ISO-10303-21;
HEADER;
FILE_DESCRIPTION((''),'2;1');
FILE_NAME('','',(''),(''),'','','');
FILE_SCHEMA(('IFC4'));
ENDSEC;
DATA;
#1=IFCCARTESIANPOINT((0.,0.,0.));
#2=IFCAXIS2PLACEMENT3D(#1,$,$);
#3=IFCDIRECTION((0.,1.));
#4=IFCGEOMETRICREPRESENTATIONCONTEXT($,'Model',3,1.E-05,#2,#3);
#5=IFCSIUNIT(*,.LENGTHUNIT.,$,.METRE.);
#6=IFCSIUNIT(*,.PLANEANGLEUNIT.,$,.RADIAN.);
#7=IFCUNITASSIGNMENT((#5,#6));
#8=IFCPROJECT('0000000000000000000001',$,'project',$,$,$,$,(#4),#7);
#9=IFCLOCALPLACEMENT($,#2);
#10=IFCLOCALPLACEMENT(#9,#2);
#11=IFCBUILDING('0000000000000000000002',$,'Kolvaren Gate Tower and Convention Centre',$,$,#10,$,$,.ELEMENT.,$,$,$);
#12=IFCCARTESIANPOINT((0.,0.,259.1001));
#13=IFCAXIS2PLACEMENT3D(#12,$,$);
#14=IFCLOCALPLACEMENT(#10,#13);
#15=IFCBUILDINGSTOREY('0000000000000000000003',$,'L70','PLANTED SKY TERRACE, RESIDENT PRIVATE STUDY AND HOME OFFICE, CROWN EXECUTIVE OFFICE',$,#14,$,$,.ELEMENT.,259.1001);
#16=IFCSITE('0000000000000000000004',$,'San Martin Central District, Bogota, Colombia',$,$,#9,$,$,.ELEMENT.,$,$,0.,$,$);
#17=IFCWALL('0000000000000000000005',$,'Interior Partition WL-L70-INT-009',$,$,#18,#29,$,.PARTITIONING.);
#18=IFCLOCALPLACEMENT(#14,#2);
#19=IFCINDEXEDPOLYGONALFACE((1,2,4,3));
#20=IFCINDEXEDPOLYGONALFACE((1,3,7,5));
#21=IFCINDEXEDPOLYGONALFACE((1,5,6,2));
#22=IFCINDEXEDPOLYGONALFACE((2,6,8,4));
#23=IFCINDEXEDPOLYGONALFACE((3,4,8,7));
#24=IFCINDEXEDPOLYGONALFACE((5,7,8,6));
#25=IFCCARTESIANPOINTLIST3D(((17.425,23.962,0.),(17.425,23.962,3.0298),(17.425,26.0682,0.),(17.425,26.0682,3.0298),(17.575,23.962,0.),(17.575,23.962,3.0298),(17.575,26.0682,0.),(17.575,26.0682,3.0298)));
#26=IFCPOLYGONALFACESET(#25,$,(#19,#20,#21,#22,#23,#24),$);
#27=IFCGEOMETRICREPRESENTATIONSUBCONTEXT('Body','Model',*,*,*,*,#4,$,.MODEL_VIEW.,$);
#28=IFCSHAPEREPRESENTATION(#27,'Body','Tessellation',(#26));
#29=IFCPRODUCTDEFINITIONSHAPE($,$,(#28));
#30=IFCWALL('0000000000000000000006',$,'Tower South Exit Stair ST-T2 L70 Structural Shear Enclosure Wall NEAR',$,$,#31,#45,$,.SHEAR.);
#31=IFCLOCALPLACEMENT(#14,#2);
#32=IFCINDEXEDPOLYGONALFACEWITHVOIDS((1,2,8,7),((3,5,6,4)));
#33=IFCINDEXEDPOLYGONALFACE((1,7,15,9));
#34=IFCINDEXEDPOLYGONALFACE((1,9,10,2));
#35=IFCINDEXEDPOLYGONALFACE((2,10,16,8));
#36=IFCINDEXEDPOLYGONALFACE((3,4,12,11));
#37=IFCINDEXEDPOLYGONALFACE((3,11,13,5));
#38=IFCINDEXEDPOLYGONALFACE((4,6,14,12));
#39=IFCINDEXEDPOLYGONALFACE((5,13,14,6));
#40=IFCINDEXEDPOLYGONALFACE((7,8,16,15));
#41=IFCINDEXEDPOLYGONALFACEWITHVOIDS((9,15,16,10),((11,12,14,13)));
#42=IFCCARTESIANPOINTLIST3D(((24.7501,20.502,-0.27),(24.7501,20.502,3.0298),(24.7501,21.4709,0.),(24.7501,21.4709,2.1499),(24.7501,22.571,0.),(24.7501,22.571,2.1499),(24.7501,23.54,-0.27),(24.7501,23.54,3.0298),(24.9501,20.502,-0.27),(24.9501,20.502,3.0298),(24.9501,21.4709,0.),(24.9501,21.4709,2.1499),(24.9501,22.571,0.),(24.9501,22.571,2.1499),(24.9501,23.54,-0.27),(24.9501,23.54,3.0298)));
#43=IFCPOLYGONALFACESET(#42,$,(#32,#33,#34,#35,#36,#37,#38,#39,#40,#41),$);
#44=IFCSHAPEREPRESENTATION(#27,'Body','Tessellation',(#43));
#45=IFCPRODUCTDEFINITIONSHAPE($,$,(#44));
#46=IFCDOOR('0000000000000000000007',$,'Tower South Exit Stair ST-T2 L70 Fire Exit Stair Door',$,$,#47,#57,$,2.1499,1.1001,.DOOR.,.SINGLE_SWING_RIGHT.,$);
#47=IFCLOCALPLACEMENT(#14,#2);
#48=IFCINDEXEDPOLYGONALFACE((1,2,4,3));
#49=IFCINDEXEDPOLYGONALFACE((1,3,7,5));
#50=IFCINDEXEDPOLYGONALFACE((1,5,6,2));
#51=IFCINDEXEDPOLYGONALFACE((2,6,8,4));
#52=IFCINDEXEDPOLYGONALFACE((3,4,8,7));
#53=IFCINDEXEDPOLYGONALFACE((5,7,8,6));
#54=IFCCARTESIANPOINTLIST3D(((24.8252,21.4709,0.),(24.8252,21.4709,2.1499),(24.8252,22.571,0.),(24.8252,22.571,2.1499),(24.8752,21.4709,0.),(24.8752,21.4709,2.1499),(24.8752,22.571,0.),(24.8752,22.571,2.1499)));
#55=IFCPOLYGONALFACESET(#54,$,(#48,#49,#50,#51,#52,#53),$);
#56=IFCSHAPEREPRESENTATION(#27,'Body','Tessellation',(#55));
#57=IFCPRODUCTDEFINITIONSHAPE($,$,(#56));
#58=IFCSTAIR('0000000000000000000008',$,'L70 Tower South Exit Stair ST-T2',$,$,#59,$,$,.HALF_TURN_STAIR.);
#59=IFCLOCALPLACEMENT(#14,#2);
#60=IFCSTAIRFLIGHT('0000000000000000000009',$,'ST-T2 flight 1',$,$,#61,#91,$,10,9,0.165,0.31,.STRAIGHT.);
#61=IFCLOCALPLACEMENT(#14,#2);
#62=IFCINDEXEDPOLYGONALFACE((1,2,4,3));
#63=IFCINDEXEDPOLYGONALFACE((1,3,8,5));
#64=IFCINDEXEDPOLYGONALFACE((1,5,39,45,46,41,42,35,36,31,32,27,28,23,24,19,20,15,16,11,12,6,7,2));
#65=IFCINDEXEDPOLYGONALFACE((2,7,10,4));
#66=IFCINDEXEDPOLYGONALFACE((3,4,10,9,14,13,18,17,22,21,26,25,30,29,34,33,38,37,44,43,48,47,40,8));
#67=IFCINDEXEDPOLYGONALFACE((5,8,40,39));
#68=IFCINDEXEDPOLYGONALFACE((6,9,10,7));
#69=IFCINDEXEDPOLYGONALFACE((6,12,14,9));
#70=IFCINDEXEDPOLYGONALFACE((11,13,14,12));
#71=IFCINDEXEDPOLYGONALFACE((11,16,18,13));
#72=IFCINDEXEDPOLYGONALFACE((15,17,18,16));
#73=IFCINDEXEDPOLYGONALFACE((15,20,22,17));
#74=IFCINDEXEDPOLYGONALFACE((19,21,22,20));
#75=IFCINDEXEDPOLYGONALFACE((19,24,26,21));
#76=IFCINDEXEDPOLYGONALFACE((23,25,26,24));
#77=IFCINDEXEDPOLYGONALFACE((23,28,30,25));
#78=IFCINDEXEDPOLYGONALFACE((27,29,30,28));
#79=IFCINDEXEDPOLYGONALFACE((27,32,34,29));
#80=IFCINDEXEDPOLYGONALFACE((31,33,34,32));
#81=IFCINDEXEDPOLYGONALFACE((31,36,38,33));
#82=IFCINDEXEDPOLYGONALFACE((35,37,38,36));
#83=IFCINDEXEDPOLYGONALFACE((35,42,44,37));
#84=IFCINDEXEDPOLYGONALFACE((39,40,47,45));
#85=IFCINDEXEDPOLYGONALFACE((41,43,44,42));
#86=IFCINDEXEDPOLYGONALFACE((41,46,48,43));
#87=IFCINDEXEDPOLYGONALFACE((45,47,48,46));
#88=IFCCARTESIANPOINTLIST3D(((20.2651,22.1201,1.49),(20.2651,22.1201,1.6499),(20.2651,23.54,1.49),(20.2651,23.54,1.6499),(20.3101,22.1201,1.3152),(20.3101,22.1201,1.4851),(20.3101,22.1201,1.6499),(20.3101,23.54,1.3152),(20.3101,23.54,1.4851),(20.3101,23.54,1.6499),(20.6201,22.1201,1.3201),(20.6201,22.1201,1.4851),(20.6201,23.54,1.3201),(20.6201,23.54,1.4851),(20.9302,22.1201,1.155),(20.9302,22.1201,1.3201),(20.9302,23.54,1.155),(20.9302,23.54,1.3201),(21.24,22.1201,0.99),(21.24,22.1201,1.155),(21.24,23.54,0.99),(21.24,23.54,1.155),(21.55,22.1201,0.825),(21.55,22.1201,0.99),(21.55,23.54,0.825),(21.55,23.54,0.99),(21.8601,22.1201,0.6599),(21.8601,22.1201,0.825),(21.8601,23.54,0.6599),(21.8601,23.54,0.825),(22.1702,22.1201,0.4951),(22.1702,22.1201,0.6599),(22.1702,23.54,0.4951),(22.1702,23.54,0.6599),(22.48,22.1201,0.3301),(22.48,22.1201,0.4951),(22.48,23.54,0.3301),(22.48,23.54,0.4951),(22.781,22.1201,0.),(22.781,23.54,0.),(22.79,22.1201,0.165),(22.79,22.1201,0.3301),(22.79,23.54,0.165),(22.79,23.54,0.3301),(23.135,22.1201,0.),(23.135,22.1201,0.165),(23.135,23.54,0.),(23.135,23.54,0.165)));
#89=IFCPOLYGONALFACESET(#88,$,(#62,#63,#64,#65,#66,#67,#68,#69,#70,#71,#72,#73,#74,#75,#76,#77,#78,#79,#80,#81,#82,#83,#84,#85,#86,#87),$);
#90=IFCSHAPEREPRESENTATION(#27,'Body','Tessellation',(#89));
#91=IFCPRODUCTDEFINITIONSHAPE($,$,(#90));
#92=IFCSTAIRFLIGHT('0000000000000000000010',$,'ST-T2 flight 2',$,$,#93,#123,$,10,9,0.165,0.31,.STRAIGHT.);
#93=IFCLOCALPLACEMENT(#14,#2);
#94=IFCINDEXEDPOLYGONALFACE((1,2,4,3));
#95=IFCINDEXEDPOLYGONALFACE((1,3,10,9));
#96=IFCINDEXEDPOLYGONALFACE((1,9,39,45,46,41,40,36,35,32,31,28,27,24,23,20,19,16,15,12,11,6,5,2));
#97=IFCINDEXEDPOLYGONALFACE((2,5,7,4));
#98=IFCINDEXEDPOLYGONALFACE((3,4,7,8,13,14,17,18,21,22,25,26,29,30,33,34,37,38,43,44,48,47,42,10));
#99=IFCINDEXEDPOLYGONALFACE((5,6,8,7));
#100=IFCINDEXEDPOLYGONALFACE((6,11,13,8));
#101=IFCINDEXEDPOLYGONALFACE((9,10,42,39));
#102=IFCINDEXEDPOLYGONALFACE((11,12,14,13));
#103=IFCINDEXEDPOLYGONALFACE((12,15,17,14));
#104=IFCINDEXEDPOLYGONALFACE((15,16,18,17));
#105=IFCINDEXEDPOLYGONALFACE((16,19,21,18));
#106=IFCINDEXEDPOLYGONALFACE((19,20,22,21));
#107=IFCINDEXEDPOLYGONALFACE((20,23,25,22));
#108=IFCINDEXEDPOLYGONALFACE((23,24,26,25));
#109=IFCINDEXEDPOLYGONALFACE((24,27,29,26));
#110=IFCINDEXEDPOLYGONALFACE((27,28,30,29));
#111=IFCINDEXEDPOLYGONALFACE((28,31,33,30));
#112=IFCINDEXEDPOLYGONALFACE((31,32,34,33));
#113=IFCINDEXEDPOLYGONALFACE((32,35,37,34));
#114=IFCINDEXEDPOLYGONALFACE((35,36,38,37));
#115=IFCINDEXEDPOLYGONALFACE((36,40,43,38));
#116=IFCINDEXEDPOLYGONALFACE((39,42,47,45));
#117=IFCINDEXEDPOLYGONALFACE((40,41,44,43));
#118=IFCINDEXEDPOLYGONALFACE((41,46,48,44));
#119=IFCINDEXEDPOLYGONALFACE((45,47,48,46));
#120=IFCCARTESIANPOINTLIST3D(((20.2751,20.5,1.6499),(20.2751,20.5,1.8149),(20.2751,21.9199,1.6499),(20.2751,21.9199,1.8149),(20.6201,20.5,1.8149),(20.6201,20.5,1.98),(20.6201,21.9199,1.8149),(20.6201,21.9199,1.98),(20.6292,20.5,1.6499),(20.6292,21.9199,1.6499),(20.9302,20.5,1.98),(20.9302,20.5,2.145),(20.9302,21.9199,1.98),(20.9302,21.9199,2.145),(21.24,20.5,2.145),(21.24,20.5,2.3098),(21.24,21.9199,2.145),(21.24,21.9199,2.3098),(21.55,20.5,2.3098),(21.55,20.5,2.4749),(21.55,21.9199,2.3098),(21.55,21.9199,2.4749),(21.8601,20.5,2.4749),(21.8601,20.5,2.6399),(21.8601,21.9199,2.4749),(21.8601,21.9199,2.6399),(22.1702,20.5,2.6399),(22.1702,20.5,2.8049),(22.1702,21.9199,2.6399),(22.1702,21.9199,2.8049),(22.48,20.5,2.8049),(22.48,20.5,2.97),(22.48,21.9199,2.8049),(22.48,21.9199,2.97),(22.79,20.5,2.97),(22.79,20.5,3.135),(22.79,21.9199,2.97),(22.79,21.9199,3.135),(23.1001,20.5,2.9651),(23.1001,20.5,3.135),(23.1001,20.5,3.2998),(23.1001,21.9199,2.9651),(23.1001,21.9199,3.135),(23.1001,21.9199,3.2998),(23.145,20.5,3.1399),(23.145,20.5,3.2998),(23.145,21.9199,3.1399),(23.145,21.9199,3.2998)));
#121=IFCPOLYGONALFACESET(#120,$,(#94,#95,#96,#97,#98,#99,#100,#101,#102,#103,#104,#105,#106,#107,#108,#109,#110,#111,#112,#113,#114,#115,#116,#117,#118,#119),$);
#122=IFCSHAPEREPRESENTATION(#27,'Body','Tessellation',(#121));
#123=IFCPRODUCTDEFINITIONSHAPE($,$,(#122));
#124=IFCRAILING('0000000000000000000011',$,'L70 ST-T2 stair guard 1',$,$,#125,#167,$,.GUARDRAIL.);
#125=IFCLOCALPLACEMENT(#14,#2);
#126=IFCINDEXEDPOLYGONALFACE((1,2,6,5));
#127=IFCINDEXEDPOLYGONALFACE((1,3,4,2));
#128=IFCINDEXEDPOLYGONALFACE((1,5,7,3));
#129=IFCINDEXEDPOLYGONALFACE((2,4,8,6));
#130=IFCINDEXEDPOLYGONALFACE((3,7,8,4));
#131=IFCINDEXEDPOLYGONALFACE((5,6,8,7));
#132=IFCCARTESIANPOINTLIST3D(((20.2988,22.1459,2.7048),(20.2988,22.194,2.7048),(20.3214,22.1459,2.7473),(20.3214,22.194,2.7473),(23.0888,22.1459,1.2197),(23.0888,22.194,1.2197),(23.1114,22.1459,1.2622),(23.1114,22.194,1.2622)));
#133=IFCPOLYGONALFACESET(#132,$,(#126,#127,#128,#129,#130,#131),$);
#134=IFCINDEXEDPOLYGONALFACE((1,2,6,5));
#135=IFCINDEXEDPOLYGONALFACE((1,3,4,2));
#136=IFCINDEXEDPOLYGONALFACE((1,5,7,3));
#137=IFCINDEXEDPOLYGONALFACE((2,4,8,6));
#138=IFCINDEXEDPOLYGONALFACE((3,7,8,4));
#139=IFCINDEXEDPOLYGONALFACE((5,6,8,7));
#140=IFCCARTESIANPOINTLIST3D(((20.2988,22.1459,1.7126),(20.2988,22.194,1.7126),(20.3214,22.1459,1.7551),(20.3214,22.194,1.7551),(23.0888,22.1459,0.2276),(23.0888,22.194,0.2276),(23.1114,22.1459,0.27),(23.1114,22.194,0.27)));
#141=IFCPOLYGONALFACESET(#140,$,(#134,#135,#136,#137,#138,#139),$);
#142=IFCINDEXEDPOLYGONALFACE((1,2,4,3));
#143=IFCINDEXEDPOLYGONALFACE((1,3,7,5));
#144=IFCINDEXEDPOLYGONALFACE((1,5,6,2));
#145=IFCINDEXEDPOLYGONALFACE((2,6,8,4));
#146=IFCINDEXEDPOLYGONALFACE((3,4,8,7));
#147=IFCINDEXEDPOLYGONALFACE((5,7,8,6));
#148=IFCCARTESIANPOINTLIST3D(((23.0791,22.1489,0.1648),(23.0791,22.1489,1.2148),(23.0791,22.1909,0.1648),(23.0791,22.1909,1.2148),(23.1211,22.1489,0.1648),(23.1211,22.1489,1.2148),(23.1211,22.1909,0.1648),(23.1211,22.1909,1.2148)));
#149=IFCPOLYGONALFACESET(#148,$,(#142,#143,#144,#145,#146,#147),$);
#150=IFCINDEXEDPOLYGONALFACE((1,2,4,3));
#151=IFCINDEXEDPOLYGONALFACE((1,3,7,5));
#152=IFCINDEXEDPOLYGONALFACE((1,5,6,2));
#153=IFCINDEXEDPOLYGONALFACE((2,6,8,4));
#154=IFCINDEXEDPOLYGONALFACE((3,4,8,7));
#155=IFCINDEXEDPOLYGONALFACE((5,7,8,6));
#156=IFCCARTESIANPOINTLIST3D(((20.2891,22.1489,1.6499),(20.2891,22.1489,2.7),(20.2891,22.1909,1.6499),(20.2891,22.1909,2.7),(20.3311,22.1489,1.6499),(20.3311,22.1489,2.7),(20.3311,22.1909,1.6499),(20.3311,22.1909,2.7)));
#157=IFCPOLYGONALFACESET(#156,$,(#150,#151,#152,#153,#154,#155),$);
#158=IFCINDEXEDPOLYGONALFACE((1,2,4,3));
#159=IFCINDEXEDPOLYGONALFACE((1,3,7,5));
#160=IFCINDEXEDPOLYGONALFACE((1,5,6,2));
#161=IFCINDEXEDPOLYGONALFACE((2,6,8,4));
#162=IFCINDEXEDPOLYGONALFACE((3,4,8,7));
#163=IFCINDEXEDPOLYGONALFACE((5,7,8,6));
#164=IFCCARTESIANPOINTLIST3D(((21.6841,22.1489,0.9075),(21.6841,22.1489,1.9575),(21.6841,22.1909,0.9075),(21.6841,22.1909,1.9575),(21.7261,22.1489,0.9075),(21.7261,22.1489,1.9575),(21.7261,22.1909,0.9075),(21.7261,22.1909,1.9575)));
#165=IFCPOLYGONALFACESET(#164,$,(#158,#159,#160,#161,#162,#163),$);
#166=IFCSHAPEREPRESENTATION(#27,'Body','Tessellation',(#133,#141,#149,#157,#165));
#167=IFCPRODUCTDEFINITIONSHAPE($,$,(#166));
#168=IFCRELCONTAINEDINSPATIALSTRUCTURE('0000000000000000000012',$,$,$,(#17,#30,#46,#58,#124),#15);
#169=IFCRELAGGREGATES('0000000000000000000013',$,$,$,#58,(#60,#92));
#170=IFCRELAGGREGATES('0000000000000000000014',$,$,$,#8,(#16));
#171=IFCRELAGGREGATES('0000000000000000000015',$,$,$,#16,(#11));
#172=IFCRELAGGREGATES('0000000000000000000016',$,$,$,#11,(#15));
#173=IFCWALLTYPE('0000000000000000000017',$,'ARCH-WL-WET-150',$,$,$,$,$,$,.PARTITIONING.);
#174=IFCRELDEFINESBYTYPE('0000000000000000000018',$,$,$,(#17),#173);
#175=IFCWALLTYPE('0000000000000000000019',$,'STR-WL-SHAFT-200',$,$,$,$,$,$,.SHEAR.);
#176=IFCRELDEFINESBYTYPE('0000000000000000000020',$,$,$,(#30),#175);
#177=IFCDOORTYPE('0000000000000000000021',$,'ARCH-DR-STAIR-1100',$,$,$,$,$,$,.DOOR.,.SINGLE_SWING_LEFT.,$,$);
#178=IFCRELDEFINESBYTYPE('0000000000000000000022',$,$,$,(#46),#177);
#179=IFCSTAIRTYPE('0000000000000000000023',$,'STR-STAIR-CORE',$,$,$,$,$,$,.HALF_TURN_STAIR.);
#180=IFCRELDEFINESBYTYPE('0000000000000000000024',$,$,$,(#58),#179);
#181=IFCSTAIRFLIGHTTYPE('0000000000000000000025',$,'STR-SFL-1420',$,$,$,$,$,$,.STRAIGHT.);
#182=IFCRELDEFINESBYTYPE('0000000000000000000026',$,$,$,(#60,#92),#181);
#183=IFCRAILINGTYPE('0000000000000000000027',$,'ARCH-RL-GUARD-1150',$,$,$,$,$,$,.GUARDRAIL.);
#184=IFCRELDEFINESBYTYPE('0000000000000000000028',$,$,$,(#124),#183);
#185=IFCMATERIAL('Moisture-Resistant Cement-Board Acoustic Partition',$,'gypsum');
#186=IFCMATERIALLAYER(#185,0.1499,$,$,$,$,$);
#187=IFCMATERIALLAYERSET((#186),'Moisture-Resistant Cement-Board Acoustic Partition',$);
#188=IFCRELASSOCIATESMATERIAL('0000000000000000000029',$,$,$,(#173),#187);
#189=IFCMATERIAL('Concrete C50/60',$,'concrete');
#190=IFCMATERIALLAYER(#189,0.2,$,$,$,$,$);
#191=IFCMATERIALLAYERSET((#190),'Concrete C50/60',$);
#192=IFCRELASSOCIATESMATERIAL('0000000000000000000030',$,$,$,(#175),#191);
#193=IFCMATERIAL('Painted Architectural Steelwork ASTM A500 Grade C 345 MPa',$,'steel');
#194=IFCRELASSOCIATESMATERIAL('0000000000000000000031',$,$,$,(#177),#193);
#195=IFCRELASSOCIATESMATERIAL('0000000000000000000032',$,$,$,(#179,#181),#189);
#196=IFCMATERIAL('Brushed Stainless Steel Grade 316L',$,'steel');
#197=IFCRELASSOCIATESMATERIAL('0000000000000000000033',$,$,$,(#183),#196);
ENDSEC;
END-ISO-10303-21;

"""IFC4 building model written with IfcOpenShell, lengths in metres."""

from ifc_helpers import new_model, si_unit, direction, frame, frame_2d, origin, origin_2d, place, context, subcontext, project, spatial, polyline, rectangle, outline, extrude, material, layer, layer_set, type_object, element, fill, aggregate, save


model = new_model("IFC4")

# Units and contexts
model_context = context("Model", 3, precision=1e-05, world=origin(), true_north=direction((0.0, 1.0)))
body_context = subcontext(model_context, "Body", "Model", "MODEL_VIEW")
ifc_project = project(units=[si_unit("LENGTHUNIT", "METRE"), si_unit("PLANEANGLEUNIT", "RADIAN")], contexts=[model_context])

# Site, building, storey
site_placement = place(None, origin())
site = spatial("IfcSite", under=ifc_project, at=site_placement, Name="San Martin Central District, Bogota, Colombia", CompositionType="ELEMENT", RefElevation=0.0)
building_placement = place(site_placement, origin())
building = spatial("IfcBuilding", under=site, at=building_placement, Name="Kolvaren Gate Tower and Convention Centre", CompositionType="ELEMENT")
storey_placement = place(building_placement, frame((0.0, 0.0, 259.1001)))
storey = spatial("IfcBuildingStorey", under=building, at=storey_placement, Name="L70", Description="PLANTED SKY TERRACE, RESIDENT PRIVATE STUDY AND HOME OFFICE, CROWN EXECUTIVE OFFICE", CompositionType="ELEMENT", Elevation=259.1001)

# Shared definitions
ifc_material_1 = material(Name="Brushed Stainless Steel Grade 316L", Category="steel")

# Wall
ifc_material_2 = material(Name="Moisture-Resistant Cement-Board Acoustic Partition", Category="gypsum")
ifc_layer_1 = layer(ifc_material_2, 0.1499)
ifc_layer_set_1 = layer_set([ifc_layer_1], Name="Moisture-Resistant Cement-Board Acoustic Partition")
wall_type_1 = type_object("IfcWallType", Name="ARCH-WL-WET-150", PredefinedType="PARTITIONING", material=ifc_layer_set_1)
wall_1_placement = place(storey_placement, frame((17.5, 23.9619, 0.0), z_axis=(0.0, 0.0, 1.0), x_axis=(0.0, 1.0, 0.0)))
element("IfcWall", 1, at=wall_1_placement, inside=storey, type_object=wall_type_1, Name="Interior Partition WL-L70-INT-009", PredefinedType="PARTITIONING", context=body_context, shape_type="SweptSolid", body=[
    extrude(rectangle(XDim=2.1062, YDim=0.1499, at=frame_2d((1.0532, 0.0))), origin(), (0.0, 0.0, 1.0), 3.0298),
])

# Wall, opening, door
ifc_material_3 = material(Name="Concrete C50/60", Category="concrete")
ifc_layer_2 = layer(ifc_material_3, 0.2)
ifc_layer_set_2 = layer_set([ifc_layer_2], Name="Concrete C50/60")
wall_type_2 = type_object("IfcWallType", Name="STR-WL-SHAFT-200", PredefinedType="SHEAR", material=ifc_layer_set_2)
wall_2_placement = place(storey_placement, frame((24.8501, 20.502, -0.27), z_axis=(0.0, 0.0, 1.0), x_axis=(0.0, 1.0, 0.0)))
wall_2 = element("IfcWall", 2, at=wall_2_placement, inside=storey, type_object=wall_type_2, Name="Tower South Exit Stair ST-T2 L70 Structural Shear Enclosure Wall NEAR", PredefinedType="SHEAR", context=body_context, shape_type="SweptSolid", body=[
    extrude(rectangle(XDim=3.0381, YDim=0.2, at=frame_2d((1.519, 0.0))), origin(), (0.0, 0.0, 1.0), 3.2998),
])
opening_1_placement = place(wall_2_placement, frame((0.969, 0.0, 0.27)))
opening_1 = element("IfcOpeningElement", 3, at=opening_1_placement, cuts=wall_2, PredefinedType="OPENING", context=body_context, shape_type="SweptSolid", body=[
    extrude(rectangle(XDim=1.1001, YDim=2.1499, at=frame_2d((0.55, 1.075))), frame((0.0, 0.1099, 0.0), z_axis=(0.0, -1.0, 0.0), x_axis=(1.0, 0.0, 0.0)), (0.0, 0.0, 1.0), 0.22),
])
ifc_material_4 = material(Name="Painted Architectural Steelwork ASTM A500 Grade C 345 MPa", Category="steel")
door_type_1 = type_object("IfcDoorType", Name="ARCH-DR-STAIR-1100", OperationType="SINGLE_SWING_LEFT", PredefinedType="DOOR", material=ifc_material_4)
door_1_placement = place(opening_1_placement, origin())
door_1 = element("IfcDoor", 4, at=door_1_placement, inside=storey, type_object=door_type_1, Name="Tower South Exit Stair ST-T2 L70 Fire Exit Stair Door", OperationType="SINGLE_SWING_RIGHT", OverallHeight=2.1499, OverallWidth=1.1001, PredefinedType="DOOR", context=body_context, shape_type="SweptSolid", body=[
    extrude(rectangle(XDim=1.1001, YDim=2.1499, at=frame_2d((0.55, 1.075))), frame((0.0, 0.0249, 0.0), z_axis=(0.0, -1.0, 0.0), x_axis=(1.0, 0.0, 0.0)), (0.0, 0.0, 1.0), 0.05),
])
fill(opening_1, door_1)

# Stair, stair flights
stair_type = type_object("IfcStairType", Name="STR-STAIR-CORE", PredefinedType="HALF_TURN_STAIR", material=ifc_material_3)
stair_placement = place(storey_placement, origin())
stair = element("IfcStair", 5, at=stair_placement, inside=storey, type_object=stair_type, Name="L70 Tower South Exit Stair ST-T2", PredefinedType="HALF_TURN_STAIR")
stair_flight_type = type_object("IfcStairFlightType", Name="STR-SFL-1420", PredefinedType="STRAIGHT", material=ifc_material_3)
stair_flight_1_placement = place(storey_placement, frame((23.1001, 22.8301, 0.0), z_axis=(0.0, 0.0, 1.0), x_axis=(-1.0, 0.0, 0.0)))
stair_flight_1 = element("IfcStairFlight", 6, at=stair_flight_1_placement, type_object=stair_flight_type, Name="ST-T2 flight 1", NumberOfRisers=10, NumberOfTreads=9, PredefinedType="STRAIGHT", RiserHeight=0.165, TreadLength=0.31, context=body_context, shape_type="SweptSolid", body=[
    extrude(outline(polyline([(-0.0349, 0.0), (-0.0349, 0.165), (0.3101, 0.165), (0.3101, 0.3301), (0.6201, 0.3301), (0.6201, 0.4951), (0.9299, 0.4951), (0.9299, 0.6599), (1.24, 0.6599), (1.24, 0.825), (1.55, 0.825), (1.55, 0.99), (1.8601, 0.99), (1.8601, 1.155), (2.1699, 1.155), (2.1699, 1.3201), (2.48, 1.3201), (2.48, 1.4851), (2.79, 1.4851), (2.79, 1.6499), (2.835, 1.6499), (2.835, 1.49), (2.79, 1.3152), (0.3191, 0.0), (-0.0349, 0.0)])), frame((0.0, 0.71, 0.0), z_axis=(0.0, -1.0, 0.0), x_axis=(1.0, 0.0, 0.0)), (0.0, 0.0, 1.0), 1.4199),
])
stair_flight_2_placement = place(storey_placement, frame((20.3101, 21.21, 1.6499), z_axis=(0.0, 0.0, 1.0), x_axis=(1.0, 0.0, 0.0)))
stair_flight_2 = element("IfcStairFlight", 7, at=stair_flight_2_placement, type_object=stair_flight_type, Name="ST-T2 flight 2", NumberOfRisers=10, NumberOfTreads=9, PredefinedType="STRAIGHT", RiserHeight=0.165, TreadLength=0.31, context=body_context, shape_type="SweptSolid", body=[
    extrude(outline(polyline([(-0.0349, 0.0), (-0.0349, 0.165), (0.3101, 0.165), (0.3101, 0.3301), (0.6201, 0.3301), (0.6201, 0.4951), (0.9299, 0.4951), (0.9299, 0.6599), (1.24, 0.6599), (1.24, 0.825), (1.55, 0.825), (1.55, 0.99), (1.8601, 0.99), (1.8601, 1.155), (2.1699, 1.155), (2.1699, 1.3201), (2.48, 1.3201), (2.48, 1.4851), (2.79, 1.4851), (2.79, 1.6499), (2.835, 1.6499), (2.835, 1.49), (2.79, 1.3152), (0.3191, 0.0), (-0.0349, 0.0)])), frame((0.0, 0.71, 0.0), z_axis=(0.0, -1.0, 0.0), x_axis=(1.0, 0.0, 0.0)), (0.0, 0.0, 1.0), 1.4199),
])
aggregate(stair, [stair_flight_1, stair_flight_2])

# Railing
railing_type_1 = type_object("IfcRailingType", Name="ARCH-RL-GUARD-1150", PredefinedType="GUARDRAIL", material=ifc_material_1)
railing_1_placement = place(storey_placement, frame((23.1001, 22.1699, 0.1648)))
element("IfcRailing", 8, at=railing_1_placement, inside=storey, type_object=railing_type_1, Name="L70 ST-T2 stair guard 1", PredefinedType="GUARDRAIL", context=body_context, shape_type="SweptSolid", body=[
    extrude(rectangle(XDim=0.0481, YDim=0.0481, at=origin_2d()), frame((0.0, 0.0, 1.0762), z_axis=(-0.882735, 0.0, 0.46987), x_axis=(0.0, -1.0, 0.0)), (0.0, 0.0, 1.0), 3.1606),
    extrude(rectangle(XDim=0.0481, YDim=0.0481, at=origin_2d()), frame((0.0, 0.0, 0.084), z_axis=(-0.882735, 0.0, 0.46987), x_axis=(0.0, -1.0, 0.0)), (0.0, 0.0, 1.0), 3.1606),
    extrude(rectangle(XDim=0.042, YDim=0.042, at=origin_2d()), origin(), (0.0, 0.0, 1.0), 1.05),
    extrude(rectangle(XDim=0.042, YDim=0.042, at=origin_2d()), frame((-2.79, 0.0, 1.4851)), (0.0, 0.0, 1.0), 1.05),
    extrude(rectangle(XDim=0.042, YDim=0.042, at=origin_2d()), frame((-1.395, 0.0, 0.7427)), (0.0, 0.0, 1.0), 1.05),
])

save(model, "model.ifc")
